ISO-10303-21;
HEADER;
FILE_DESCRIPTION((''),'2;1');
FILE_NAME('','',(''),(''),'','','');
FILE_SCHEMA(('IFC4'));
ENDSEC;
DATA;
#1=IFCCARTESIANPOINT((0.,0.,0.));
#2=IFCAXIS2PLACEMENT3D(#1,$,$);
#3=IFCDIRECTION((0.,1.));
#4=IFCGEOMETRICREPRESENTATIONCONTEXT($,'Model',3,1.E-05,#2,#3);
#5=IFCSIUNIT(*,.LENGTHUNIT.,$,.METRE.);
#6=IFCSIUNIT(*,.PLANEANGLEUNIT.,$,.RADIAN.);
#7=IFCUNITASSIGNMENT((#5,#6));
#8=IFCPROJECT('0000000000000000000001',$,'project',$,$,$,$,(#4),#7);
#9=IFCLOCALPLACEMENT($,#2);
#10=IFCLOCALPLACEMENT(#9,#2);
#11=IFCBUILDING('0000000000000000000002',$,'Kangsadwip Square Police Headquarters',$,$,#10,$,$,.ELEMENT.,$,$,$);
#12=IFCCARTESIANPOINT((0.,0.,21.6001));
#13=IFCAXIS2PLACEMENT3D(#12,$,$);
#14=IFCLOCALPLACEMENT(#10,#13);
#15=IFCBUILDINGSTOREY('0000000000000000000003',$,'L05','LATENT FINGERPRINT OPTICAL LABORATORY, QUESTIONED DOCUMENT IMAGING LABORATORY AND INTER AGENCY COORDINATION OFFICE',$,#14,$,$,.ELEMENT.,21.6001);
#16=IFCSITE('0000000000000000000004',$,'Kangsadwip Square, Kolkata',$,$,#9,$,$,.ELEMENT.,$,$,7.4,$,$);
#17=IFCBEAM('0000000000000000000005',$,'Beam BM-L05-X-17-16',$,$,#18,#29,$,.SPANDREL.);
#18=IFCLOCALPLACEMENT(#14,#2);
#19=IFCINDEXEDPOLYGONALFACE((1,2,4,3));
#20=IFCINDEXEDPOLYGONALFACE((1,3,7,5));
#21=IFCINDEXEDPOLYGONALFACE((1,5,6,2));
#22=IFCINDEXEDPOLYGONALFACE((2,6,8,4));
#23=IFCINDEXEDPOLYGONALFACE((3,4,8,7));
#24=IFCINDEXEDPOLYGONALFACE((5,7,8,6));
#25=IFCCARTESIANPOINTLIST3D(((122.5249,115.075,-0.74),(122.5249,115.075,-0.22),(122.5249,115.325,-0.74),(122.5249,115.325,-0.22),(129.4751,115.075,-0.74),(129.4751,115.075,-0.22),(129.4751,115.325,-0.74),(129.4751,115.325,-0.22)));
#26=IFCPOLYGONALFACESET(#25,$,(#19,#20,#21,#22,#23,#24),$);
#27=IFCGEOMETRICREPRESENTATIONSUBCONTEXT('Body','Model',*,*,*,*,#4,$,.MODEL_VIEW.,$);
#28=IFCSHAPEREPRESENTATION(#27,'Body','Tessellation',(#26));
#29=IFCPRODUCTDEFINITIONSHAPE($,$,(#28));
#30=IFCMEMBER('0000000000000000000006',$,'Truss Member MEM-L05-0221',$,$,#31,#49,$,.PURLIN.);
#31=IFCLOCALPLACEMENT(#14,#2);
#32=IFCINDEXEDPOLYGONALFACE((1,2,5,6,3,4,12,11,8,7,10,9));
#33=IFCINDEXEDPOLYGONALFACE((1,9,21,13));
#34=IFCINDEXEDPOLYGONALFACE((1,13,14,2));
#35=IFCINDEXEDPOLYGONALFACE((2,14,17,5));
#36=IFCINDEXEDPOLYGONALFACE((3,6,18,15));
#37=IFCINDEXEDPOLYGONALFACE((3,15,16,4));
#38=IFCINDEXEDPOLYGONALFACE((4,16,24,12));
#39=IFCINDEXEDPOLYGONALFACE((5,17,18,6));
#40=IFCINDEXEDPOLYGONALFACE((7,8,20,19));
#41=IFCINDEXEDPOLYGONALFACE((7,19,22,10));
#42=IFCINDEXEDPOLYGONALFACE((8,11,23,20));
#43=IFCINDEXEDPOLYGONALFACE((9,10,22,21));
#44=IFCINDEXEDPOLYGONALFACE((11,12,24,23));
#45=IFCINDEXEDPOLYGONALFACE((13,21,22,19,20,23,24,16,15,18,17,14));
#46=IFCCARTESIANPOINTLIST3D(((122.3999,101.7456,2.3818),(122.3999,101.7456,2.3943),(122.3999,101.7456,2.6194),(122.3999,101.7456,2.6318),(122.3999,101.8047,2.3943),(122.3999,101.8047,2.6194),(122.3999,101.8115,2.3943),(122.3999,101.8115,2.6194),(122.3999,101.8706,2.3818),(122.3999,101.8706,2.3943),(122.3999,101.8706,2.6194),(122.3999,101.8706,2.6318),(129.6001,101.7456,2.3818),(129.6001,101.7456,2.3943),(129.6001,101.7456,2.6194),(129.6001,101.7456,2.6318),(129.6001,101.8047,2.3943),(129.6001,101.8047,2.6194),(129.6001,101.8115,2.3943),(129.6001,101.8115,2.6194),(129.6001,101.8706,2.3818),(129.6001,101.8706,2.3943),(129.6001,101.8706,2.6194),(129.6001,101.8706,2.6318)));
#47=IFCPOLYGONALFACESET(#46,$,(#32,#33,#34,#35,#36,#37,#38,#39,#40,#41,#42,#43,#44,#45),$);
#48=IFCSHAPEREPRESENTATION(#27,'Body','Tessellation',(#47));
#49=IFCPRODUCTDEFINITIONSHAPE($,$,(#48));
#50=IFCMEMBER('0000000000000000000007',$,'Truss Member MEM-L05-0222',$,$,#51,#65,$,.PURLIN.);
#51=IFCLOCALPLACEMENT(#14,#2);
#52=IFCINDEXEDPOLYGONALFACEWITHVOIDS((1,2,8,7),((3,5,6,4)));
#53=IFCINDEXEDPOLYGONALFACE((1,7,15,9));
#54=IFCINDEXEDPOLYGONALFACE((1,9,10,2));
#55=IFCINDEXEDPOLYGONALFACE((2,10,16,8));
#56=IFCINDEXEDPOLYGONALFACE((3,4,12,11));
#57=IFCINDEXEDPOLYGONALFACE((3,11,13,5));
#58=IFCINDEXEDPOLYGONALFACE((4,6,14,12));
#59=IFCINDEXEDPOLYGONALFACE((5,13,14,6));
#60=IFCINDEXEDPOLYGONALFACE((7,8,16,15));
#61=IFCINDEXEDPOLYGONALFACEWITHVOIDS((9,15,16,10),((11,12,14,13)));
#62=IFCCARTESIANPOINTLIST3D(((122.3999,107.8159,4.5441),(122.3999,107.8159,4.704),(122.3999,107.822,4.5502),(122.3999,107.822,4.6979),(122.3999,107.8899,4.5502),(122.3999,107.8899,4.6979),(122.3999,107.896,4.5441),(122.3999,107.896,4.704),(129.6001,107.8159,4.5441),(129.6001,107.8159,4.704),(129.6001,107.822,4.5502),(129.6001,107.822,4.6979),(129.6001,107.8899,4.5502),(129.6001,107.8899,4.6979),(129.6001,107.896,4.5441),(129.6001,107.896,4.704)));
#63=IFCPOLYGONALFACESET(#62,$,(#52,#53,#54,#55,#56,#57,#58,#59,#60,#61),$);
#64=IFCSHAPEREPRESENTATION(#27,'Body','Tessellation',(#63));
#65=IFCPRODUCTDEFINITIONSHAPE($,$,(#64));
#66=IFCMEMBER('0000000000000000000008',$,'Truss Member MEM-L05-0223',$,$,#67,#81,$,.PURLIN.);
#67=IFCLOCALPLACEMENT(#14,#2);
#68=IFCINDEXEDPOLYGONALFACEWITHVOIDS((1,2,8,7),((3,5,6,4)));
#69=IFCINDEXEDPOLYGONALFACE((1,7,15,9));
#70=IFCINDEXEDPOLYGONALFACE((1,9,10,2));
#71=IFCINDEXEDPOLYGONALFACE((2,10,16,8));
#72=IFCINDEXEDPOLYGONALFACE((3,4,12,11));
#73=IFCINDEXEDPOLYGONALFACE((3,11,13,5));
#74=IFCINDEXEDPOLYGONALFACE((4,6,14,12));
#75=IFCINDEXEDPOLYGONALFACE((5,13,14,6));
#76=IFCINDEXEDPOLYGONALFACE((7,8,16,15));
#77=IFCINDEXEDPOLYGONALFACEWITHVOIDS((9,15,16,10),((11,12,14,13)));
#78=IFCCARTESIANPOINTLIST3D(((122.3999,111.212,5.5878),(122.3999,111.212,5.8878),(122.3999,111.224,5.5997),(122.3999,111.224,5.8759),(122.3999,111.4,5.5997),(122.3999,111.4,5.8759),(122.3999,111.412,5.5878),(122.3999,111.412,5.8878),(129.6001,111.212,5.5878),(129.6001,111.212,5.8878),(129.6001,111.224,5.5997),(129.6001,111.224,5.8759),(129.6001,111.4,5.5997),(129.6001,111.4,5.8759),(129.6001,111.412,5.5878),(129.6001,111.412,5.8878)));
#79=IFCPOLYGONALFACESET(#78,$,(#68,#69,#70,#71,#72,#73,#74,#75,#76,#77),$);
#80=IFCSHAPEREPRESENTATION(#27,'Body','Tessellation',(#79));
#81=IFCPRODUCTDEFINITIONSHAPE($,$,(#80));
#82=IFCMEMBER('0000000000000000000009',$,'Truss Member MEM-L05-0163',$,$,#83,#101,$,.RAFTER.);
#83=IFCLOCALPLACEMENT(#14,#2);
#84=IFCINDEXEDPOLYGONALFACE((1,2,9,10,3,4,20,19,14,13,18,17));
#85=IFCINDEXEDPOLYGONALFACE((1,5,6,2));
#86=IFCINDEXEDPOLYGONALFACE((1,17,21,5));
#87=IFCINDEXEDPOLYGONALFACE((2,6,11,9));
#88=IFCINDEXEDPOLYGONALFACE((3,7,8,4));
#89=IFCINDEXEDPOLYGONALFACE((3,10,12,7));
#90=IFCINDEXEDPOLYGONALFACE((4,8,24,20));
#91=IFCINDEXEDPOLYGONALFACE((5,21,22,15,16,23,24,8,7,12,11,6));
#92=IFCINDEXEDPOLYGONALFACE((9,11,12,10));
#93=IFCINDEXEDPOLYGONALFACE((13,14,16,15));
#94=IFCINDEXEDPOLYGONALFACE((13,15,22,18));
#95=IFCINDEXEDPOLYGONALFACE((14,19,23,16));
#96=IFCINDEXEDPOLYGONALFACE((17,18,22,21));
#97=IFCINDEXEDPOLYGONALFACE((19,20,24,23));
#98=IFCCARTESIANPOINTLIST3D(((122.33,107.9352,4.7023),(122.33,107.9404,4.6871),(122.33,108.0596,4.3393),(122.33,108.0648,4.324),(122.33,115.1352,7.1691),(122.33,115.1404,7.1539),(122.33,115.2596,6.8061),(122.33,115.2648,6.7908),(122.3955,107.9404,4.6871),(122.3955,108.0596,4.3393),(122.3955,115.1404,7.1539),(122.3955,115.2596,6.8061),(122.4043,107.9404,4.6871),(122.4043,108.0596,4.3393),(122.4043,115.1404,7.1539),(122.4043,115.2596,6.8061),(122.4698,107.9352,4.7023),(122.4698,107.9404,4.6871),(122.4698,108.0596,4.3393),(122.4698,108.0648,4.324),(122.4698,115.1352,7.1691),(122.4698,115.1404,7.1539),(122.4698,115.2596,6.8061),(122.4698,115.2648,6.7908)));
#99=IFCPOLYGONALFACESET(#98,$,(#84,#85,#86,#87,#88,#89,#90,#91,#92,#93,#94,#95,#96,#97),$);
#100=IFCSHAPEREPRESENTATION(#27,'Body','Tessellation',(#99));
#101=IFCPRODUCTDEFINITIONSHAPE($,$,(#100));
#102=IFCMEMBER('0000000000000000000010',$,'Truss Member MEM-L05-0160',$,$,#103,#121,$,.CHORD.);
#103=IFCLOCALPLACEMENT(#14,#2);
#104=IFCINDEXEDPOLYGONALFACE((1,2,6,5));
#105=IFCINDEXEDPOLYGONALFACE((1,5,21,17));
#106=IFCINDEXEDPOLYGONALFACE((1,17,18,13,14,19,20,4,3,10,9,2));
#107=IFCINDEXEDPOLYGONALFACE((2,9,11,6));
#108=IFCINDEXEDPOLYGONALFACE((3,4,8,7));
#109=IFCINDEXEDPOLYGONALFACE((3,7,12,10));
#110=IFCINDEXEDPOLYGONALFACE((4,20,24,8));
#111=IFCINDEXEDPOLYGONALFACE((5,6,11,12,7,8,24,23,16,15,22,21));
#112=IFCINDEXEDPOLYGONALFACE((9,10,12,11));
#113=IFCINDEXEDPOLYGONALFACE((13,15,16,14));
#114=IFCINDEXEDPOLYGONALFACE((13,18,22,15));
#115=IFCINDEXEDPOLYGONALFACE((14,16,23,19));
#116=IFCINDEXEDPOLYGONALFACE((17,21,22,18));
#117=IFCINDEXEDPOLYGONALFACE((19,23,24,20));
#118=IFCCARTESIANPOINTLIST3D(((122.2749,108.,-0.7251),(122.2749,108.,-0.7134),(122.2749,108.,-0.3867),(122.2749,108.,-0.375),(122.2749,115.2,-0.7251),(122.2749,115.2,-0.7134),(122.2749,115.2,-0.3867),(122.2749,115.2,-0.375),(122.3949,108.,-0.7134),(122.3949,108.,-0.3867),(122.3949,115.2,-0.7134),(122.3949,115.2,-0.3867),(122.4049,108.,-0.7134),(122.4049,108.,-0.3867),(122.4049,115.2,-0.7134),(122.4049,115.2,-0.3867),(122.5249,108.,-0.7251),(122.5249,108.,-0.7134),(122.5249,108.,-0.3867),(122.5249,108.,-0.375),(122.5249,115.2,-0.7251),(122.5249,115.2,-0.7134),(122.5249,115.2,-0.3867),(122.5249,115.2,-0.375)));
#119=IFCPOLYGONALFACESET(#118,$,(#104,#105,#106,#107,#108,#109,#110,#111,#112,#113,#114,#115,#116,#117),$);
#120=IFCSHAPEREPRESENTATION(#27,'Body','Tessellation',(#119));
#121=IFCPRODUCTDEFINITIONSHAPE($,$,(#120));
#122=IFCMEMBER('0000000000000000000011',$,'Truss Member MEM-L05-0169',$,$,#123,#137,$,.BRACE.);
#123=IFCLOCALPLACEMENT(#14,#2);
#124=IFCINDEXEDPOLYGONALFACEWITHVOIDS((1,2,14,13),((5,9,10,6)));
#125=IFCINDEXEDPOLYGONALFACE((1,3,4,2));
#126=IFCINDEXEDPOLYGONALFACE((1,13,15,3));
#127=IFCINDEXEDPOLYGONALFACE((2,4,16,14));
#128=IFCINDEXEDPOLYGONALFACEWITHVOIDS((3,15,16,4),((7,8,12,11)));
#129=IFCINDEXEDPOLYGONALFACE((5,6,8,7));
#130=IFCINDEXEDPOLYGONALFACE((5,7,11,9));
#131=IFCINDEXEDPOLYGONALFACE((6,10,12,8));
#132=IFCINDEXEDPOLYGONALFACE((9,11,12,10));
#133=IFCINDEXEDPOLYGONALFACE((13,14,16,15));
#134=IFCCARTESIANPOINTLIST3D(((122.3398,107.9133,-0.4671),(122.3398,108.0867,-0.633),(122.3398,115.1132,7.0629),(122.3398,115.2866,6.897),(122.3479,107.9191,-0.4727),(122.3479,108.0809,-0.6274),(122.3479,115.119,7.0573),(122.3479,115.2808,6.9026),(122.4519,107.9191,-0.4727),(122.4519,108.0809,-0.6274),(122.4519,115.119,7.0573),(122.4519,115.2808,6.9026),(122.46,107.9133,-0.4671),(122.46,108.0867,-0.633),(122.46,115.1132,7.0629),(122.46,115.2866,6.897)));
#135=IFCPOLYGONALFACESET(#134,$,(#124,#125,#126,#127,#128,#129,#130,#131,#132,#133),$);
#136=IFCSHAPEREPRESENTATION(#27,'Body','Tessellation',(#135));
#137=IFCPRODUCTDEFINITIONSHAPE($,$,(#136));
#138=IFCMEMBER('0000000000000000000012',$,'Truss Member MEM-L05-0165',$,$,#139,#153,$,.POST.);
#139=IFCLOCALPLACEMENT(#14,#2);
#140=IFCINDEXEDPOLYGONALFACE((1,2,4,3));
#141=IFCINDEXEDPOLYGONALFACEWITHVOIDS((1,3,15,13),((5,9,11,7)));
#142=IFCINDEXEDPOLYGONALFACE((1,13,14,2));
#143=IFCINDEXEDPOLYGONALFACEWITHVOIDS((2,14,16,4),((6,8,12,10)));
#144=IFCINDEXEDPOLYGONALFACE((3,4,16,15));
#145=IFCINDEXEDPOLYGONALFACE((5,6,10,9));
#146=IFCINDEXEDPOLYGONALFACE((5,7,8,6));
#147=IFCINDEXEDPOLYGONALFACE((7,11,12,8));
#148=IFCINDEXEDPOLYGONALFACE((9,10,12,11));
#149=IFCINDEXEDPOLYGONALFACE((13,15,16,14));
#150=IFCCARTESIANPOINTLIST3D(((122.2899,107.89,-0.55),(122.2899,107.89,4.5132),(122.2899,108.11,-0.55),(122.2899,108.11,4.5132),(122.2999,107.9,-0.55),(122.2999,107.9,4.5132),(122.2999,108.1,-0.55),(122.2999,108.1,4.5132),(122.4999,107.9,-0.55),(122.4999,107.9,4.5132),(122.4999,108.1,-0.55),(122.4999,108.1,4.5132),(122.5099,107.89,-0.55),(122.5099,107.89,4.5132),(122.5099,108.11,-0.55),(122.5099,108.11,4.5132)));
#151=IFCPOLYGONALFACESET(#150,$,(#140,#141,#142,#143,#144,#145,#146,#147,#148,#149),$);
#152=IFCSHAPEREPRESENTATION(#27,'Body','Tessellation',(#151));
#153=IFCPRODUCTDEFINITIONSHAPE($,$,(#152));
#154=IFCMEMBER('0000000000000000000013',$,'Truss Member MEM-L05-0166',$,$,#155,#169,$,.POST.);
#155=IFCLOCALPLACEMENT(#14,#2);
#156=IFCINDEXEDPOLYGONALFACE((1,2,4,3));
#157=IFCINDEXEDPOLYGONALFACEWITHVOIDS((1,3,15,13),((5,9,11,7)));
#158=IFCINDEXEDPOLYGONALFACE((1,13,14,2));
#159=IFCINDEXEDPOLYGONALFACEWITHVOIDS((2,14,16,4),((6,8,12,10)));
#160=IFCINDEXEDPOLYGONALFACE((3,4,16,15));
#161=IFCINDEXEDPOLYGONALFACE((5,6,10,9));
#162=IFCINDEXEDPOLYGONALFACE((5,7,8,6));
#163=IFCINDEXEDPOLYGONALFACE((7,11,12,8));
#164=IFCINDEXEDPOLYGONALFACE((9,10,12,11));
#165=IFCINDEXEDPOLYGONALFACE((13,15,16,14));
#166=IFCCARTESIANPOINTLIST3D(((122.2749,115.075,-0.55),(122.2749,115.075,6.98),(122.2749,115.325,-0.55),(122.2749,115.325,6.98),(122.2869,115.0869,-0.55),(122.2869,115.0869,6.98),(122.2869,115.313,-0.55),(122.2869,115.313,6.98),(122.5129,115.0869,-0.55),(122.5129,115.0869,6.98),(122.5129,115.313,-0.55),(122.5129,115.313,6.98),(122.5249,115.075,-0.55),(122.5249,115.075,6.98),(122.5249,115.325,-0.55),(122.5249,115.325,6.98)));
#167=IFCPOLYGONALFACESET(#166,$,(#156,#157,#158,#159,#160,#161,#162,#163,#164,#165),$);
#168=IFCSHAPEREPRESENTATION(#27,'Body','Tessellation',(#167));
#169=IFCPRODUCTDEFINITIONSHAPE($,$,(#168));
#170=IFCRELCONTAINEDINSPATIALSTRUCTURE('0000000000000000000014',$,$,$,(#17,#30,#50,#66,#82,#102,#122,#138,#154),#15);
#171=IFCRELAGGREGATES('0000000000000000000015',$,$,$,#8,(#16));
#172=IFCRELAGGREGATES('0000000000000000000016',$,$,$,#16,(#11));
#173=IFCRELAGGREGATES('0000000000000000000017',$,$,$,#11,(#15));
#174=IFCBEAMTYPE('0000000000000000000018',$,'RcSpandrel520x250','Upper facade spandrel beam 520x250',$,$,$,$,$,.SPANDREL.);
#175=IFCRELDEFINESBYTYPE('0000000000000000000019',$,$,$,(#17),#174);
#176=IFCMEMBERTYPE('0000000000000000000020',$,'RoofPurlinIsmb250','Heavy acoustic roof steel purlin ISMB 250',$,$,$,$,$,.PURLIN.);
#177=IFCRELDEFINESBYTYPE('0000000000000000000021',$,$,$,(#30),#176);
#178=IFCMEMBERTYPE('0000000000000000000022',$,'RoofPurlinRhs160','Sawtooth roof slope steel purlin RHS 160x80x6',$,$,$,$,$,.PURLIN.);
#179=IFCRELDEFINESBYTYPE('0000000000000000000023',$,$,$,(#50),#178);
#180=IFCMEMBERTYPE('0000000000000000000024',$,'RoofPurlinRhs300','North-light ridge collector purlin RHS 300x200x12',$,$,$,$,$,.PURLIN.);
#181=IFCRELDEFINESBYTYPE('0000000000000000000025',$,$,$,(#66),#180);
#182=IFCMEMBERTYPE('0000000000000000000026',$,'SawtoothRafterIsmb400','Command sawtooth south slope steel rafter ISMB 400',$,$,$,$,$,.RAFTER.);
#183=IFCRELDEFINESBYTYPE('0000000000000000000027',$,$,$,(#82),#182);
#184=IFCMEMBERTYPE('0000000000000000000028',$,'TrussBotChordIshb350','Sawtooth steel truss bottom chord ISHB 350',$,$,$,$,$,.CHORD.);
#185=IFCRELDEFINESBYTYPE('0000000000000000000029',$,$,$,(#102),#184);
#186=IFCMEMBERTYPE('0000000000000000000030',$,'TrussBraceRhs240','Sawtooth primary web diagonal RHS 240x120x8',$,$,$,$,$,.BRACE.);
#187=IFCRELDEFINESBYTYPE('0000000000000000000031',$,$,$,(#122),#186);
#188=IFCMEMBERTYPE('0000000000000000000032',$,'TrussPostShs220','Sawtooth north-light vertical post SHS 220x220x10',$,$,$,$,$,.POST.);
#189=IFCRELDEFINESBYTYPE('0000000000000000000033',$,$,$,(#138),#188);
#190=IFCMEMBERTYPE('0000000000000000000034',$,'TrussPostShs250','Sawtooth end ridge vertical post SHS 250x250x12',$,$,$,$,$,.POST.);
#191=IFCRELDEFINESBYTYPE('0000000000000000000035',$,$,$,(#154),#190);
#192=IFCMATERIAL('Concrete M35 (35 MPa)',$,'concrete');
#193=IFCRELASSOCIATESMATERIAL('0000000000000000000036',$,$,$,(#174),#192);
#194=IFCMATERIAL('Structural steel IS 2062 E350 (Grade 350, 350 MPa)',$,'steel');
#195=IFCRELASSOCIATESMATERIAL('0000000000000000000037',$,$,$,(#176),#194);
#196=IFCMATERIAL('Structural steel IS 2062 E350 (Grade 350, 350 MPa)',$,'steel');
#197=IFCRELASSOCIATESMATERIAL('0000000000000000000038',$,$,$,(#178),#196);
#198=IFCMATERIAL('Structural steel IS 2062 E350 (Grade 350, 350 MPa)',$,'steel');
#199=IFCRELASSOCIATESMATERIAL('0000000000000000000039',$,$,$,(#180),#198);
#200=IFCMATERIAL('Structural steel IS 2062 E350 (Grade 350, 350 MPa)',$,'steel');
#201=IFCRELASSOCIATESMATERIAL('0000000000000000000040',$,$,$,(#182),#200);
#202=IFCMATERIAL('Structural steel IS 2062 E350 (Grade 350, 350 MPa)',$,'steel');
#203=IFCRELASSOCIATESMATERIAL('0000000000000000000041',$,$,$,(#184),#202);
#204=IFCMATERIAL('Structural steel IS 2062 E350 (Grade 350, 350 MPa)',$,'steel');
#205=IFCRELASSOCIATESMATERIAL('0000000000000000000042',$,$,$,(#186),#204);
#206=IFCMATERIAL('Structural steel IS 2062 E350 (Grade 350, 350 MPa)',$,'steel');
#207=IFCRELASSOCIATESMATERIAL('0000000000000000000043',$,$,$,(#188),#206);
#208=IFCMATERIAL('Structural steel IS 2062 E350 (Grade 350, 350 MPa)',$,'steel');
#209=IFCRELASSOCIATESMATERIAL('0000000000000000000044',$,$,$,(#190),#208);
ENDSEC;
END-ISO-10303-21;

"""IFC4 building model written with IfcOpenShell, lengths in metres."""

from ifc_helpers import new_model, si_unit, direction, frame, origin, origin_2d, place, context, subcontext, project, spatial, rectangle, hollow_rectangle, i_section, extrude, material, material_profile, profile_set, type_object, element, save


model = new_model("IFC4")

# Units and contexts
model_context = context("Model", 3, precision=1e-05, world=origin(), true_north=direction((0.0, 1.0)))
body_context = subcontext(model_context, "Body", "Model", "MODEL_VIEW")
ifc_project = project(units=[si_unit("LENGTHUNIT", "METRE"), si_unit("PLANEANGLEUNIT", "RADIAN")], contexts=[model_context])

# Site, building, storey
site_placement = place(None, origin())
site = spatial("IfcSite", under=ifc_project, at=site_placement, Name="Kangsadwip Square, Kolkata", CompositionType="ELEMENT", RefElevation=7.4)
building_placement = place(site_placement, origin())
building = spatial("IfcBuilding", under=site, at=building_placement, Name="Kangsadwip Square Police Headquarters", CompositionType="ELEMENT")
storey_placement = place(building_placement, frame((0.0, 0.0, 21.6001)))
storey = spatial("IfcBuildingStorey", under=building, at=storey_placement, Name="L05", Description="LATENT FINGERPRINT OPTICAL LABORATORY, QUESTIONED DOCUMENT IMAGING LABORATORY AND INTER AGENCY COORDINATION OFFICE", CompositionType="ELEMENT", Elevation=21.6001)

# Beam
ifc_material_1 = material(Name="Concrete M35 (35 MPa)", Category="concrete")
ifc_material_profile_1 = material_profile(ifc_material_1, rectangle(XDim=0.25, YDim=0.52, at=origin_2d()), Name="RC SPN 520X250")
ifc_profile_set_1 = profile_set([ifc_material_profile_1], Name="Concrete M35 (35 MPa)")
beam_type = type_object("IfcBeamType", Name="RcSpandrel520x250", Description="Upper facade spandrel beam 520x250", PredefinedType="SPANDREL", material=ifc_profile_set_1)
beam_placement = place(storey_placement, frame((122.5249, 115.2, -0.48), z_axis=(1.0, 0.0, 0.0), x_axis=(0.0, 1.0, 0.0)))
element("IfcBeam", 1, at=beam_placement, inside=storey, type_object=beam_type, Name="Beam BM-L05-X-17-16", PredefinedType="SPANDREL", context=body_context, shape_type="SweptSolid", body=[
    extrude(rectangle(XDim=0.25, YDim=0.52, at=origin_2d()), origin(), (0.0, 0.0, 1.0), 6.9502),
])

# Members
ifc_material_2 = material(Name="Structural steel IS 2062 E350 (Grade 350, 350 MPa)", Category="steel")
ifc_material_profile_2 = material_profile(ifc_material_2, i_section(OverallWidth=0.125, OverallDepth=0.25, WebThickness=0.0068, FlangeThickness=0.0125, at=origin_2d()), Name="ISMB 250")
ifc_profile_set_2 = profile_set([ifc_material_profile_2], Name="Structural steel IS 2062 E350 (Grade 350, 350 MPa)")
member_type_1 = type_object("IfcMemberType", Name="RoofPurlinIsmb250", Description="Heavy acoustic roof steel purlin ISMB 250", PredefinedType="PURLIN", material=ifc_profile_set_2)
member_1_placement = place(storey_placement, frame((122.3999, 101.8081, 2.5068), z_axis=(1.0, 0.0, 0.0), x_axis=(0.0, 1.0, 0.0)))
element("IfcMember", 2, at=member_1_placement, inside=storey, type_object=member_type_1, Name="Truss Member MEM-L05-0221", PredefinedType="PURLIN", context=body_context, shape_type="SweptSolid", body=[
    extrude(i_section(OverallWidth=0.125, OverallDepth=0.25, WebThickness=0.0068, FlangeThickness=0.0125, at=origin_2d()), origin(), (0.0, 0.0, 1.0), 7.2002),
])
ifc_material_3 = material(Name="Structural steel IS 2062 E350 (Grade 350, 350 MPa)", Category="steel")
ifc_material_profile_3 = material_profile(ifc_material_3, hollow_rectangle(XDim=0.0801, YDim=0.1599, WallThickness=0.0061, at=origin_2d()), Name="RHS 160X80X6")
ifc_profile_set_3 = profile_set([ifc_material_profile_3], Name="Structural steel IS 2062 E350 (Grade 350, 350 MPa)")
member_type_2 = type_object("IfcMemberType", Name="RoofPurlinRhs160", Description="Sawtooth roof slope steel purlin RHS 160x80x6", PredefinedType="PURLIN", material=ifc_profile_set_3)
member_2_placement = place(storey_placement, frame((122.3999, 107.856, 4.624), z_axis=(1.0, 0.0, 0.0), x_axis=(0.0, 1.0, 0.0)))
element("IfcMember", 3, at=member_2_placement, inside=storey, type_object=member_type_2, Name="Truss Member MEM-L05-0222", PredefinedType="PURLIN", context=body_context, shape_type="SweptSolid", body=[
    extrude(hollow_rectangle(XDim=0.0801, YDim=0.1599, WallThickness=0.0061, at=origin_2d()), origin(), (0.0, 0.0, 1.0), 7.2002),
])
ifc_material_4 = material(Name="Structural steel IS 2062 E350 (Grade 350, 350 MPa)", Category="steel")
ifc_material_profile_4 = material_profile(ifc_material_4, hollow_rectangle(XDim=0.2, YDim=0.3, WallThickness=0.012, at=origin_2d()), Name="RHS 300X200X12")
ifc_profile_set_4 = profile_set([ifc_material_profile_4], Name="Structural steel IS 2062 E350 (Grade 350, 350 MPa)")
member_type_3 = type_object("IfcMemberType", Name="RoofPurlinRhs300", Description="North-light ridge collector purlin RHS 300x200x12", PredefinedType="PURLIN", material=ifc_profile_set_4)
member_3_placement = place(storey_placement, frame((122.3999, 111.312, 5.7378), z_axis=(1.0, 0.0, 0.0), x_axis=(0.0, 1.0, 0.0)))
element("IfcMember", 4, at=member_3_placement, inside=storey, type_object=member_type_3, Name="Truss Member MEM-L05-0223", PredefinedType="PURLIN", context=body_context, shape_type="SweptSolid", body=[
    extrude(hollow_rectangle(XDim=0.2, YDim=0.3, WallThickness=0.012, at=origin_2d()), origin(), (0.0, 0.0, 1.0), 7.2002),
])
ifc_material_5 = material(Name="Structural steel IS 2062 E350 (Grade 350, 350 MPa)", Category="steel")
ifc_material_profile_5 = material_profile(ifc_material_5, i_section(OverallWidth=0.1399, OverallDepth=0.3999, WebThickness=0.0088, FlangeThickness=0.0161, at=origin_2d()), Name="ISMB 400")
ifc_profile_set_5 = profile_set([ifc_material_profile_5], Name="Structural steel IS 2062 E350 (Grade 350, 350 MPa)")
member_type_4 = type_object("IfcMemberType", Name="SawtoothRafterIsmb400", Description="Command sawtooth south slope steel rafter ISMB 400", PredefinedType="RAFTER", material=ifc_profile_set_5)
member_4_placement = place(storey_placement, frame((122.3999, 108.0, 4.5132), z_axis=(0.0, 0.946017, 0.324118), x_axis=(-1.0, 0.0, 0.0)))
element("IfcMember", 5, at=member_4_placement, inside=storey, type_object=member_type_4, Name="Truss Member MEM-L05-0163", PredefinedType="RAFTER", context=body_context, shape_type="SweptSolid", body=[
    extrude(i_section(OverallWidth=0.1399, OverallDepth=0.3999, WebThickness=0.0088, FlangeThickness=0.0161, at=origin_2d()), origin(), (0.0, 0.0, 1.0), 7.6108),
])
ifc_material_6 = material(Name="Structural steel IS 2062 E350 (Grade 350, 350 MPa)", Category="steel")
ifc_material_profile_6 = material_profile(ifc_material_6, i_section(OverallWidth=0.25, OverallDepth=0.3501, WebThickness=0.01, FlangeThickness=0.0117, at=origin_2d()), Name="ISHB 350")
ifc_profile_set_6 = profile_set([ifc_material_profile_6], Name="Structural steel IS 2062 E350 (Grade 350, 350 MPa)")
member_type_5 = type_object("IfcMemberType", Name="TrussBotChordIshb350", Description="Sawtooth steel truss bottom chord ISHB 350", PredefinedType="CHORD", material=ifc_profile_set_6)
member_5_placement = place(storey_placement, frame((122.3999, 108.0, -0.55), z_axis=(0.0, 1.0, 0.0), x_axis=(-1.0, 0.0, 0.0)))
element("IfcMember", 6, at=member_5_placement, inside=storey, type_object=member_type_5, Name="Truss Member MEM-L05-0160", PredefinedType="CHORD", context=body_context, shape_type="SweptSolid", body=[
    extrude(i_section(OverallWidth=0.25, OverallDepth=0.3501, WebThickness=0.01, FlangeThickness=0.0117, at=origin_2d()), origin(), (0.0, 0.0, 1.0), 7.2),
])
ifc_material_7 = material(Name="Structural steel IS 2062 E350 (Grade 350, 350 MPa)", Category="steel")
ifc_material_profile_7 = material_profile(ifc_material_7, hollow_rectangle(XDim=0.1201, YDim=0.24, WallThickness=0.0081, at=origin_2d()), Name="RHS 240X120X8")
ifc_profile_set_7 = profile_set([ifc_material_profile_7], Name="Structural steel IS 2062 E350 (Grade 350, 350 MPa)")
member_type_6 = type_object("IfcMemberType", Name="TrussBraceRhs240", Description="Sawtooth primary web diagonal RHS 240x120x8", PredefinedType="BRACE", material=ifc_profile_set_7)
member_6_placement = place(storey_placement, frame((122.3999, 108.0, -0.55), z_axis=(0.0, 0.691088, 0.722771), x_axis=(-1.0, 0.0, 0.0)))
element("IfcMember", 7, at=member_6_placement, inside=storey, type_object=member_type_6, Name="Truss Member MEM-L05-0169", PredefinedType="BRACE", context=body_context, shape_type="SweptSolid", body=[
    extrude(hollow_rectangle(XDim=0.1201, YDim=0.24, WallThickness=0.0081, at=origin_2d()), origin(), (0.0, 0.0, 1.0), 10.4182),
])
ifc_material_8 = material(Name="Structural steel IS 2062 E350 (Grade 350, 350 MPa)", Category="steel")
ifc_material_profile_8 = material_profile(ifc_material_8, hollow_rectangle(XDim=0.22, YDim=0.22, WallThickness=0.01, at=origin_2d()), Name="SHS 220X220X10")
ifc_profile_set_8 = profile_set([ifc_material_profile_8], Name="Structural steel IS 2062 E350 (Grade 350, 350 MPa)")
member_type_7 = type_object("IfcMemberType", Name="TrussPostShs220", Description="Sawtooth north-light vertical post SHS 220x220x10", PredefinedType="POST", material=ifc_profile_set_8)
member_7_placement = place(storey_placement, frame((122.3999, 108.0, -0.55), z_axis=(0.0, 0.0, 1.0), x_axis=(1.0, 0.0, 0.0)))
element("IfcMember", 8, at=member_7_placement, inside=storey, type_object=member_type_7, Name="Truss Member MEM-L05-0165", PredefinedType="POST", context=body_context, shape_type="SweptSolid", body=[
    extrude(hollow_rectangle(XDim=0.22, YDim=0.22, WallThickness=0.01, at=origin_2d()), origin(), (0.0, 0.0, 1.0), 5.0632),
])
ifc_material_9 = material(Name="Structural steel IS 2062 E350 (Grade 350, 350 MPa)", Category="steel")
ifc_material_profile_9 = material_profile(ifc_material_9, hollow_rectangle(XDim=0.25, YDim=0.25, WallThickness=0.012, at=origin_2d()), Name="SHS 250X250X12")
ifc_profile_set_9 = profile_set([ifc_material_profile_9], Name="Structural steel IS 2062 E350 (Grade 350, 350 MPa)")
member_type_8 = type_object("IfcMemberType", Name="TrussPostShs250", Description="Sawtooth end ridge vertical post SHS 250x250x12", PredefinedType="POST", material=ifc_profile_set_9)
member_8_placement = place(storey_placement, frame((122.3999, 115.2, -0.55), z_axis=(0.0, 0.0, 1.0), x_axis=(1.0, 0.0, 0.0)))
element("IfcMember", 9, at=member_8_placement, inside=storey, type_object=member_type_8, Name="Truss Member MEM-L05-0166", PredefinedType="POST", context=body_context, shape_type="SweptSolid", body=[
    extrude(hollow_rectangle(XDim=0.25, YDim=0.25, WallThickness=0.012, at=origin_2d()), origin(), (0.0, 0.0, 1.0), 7.53),
])

save(model, "model.ifc")
